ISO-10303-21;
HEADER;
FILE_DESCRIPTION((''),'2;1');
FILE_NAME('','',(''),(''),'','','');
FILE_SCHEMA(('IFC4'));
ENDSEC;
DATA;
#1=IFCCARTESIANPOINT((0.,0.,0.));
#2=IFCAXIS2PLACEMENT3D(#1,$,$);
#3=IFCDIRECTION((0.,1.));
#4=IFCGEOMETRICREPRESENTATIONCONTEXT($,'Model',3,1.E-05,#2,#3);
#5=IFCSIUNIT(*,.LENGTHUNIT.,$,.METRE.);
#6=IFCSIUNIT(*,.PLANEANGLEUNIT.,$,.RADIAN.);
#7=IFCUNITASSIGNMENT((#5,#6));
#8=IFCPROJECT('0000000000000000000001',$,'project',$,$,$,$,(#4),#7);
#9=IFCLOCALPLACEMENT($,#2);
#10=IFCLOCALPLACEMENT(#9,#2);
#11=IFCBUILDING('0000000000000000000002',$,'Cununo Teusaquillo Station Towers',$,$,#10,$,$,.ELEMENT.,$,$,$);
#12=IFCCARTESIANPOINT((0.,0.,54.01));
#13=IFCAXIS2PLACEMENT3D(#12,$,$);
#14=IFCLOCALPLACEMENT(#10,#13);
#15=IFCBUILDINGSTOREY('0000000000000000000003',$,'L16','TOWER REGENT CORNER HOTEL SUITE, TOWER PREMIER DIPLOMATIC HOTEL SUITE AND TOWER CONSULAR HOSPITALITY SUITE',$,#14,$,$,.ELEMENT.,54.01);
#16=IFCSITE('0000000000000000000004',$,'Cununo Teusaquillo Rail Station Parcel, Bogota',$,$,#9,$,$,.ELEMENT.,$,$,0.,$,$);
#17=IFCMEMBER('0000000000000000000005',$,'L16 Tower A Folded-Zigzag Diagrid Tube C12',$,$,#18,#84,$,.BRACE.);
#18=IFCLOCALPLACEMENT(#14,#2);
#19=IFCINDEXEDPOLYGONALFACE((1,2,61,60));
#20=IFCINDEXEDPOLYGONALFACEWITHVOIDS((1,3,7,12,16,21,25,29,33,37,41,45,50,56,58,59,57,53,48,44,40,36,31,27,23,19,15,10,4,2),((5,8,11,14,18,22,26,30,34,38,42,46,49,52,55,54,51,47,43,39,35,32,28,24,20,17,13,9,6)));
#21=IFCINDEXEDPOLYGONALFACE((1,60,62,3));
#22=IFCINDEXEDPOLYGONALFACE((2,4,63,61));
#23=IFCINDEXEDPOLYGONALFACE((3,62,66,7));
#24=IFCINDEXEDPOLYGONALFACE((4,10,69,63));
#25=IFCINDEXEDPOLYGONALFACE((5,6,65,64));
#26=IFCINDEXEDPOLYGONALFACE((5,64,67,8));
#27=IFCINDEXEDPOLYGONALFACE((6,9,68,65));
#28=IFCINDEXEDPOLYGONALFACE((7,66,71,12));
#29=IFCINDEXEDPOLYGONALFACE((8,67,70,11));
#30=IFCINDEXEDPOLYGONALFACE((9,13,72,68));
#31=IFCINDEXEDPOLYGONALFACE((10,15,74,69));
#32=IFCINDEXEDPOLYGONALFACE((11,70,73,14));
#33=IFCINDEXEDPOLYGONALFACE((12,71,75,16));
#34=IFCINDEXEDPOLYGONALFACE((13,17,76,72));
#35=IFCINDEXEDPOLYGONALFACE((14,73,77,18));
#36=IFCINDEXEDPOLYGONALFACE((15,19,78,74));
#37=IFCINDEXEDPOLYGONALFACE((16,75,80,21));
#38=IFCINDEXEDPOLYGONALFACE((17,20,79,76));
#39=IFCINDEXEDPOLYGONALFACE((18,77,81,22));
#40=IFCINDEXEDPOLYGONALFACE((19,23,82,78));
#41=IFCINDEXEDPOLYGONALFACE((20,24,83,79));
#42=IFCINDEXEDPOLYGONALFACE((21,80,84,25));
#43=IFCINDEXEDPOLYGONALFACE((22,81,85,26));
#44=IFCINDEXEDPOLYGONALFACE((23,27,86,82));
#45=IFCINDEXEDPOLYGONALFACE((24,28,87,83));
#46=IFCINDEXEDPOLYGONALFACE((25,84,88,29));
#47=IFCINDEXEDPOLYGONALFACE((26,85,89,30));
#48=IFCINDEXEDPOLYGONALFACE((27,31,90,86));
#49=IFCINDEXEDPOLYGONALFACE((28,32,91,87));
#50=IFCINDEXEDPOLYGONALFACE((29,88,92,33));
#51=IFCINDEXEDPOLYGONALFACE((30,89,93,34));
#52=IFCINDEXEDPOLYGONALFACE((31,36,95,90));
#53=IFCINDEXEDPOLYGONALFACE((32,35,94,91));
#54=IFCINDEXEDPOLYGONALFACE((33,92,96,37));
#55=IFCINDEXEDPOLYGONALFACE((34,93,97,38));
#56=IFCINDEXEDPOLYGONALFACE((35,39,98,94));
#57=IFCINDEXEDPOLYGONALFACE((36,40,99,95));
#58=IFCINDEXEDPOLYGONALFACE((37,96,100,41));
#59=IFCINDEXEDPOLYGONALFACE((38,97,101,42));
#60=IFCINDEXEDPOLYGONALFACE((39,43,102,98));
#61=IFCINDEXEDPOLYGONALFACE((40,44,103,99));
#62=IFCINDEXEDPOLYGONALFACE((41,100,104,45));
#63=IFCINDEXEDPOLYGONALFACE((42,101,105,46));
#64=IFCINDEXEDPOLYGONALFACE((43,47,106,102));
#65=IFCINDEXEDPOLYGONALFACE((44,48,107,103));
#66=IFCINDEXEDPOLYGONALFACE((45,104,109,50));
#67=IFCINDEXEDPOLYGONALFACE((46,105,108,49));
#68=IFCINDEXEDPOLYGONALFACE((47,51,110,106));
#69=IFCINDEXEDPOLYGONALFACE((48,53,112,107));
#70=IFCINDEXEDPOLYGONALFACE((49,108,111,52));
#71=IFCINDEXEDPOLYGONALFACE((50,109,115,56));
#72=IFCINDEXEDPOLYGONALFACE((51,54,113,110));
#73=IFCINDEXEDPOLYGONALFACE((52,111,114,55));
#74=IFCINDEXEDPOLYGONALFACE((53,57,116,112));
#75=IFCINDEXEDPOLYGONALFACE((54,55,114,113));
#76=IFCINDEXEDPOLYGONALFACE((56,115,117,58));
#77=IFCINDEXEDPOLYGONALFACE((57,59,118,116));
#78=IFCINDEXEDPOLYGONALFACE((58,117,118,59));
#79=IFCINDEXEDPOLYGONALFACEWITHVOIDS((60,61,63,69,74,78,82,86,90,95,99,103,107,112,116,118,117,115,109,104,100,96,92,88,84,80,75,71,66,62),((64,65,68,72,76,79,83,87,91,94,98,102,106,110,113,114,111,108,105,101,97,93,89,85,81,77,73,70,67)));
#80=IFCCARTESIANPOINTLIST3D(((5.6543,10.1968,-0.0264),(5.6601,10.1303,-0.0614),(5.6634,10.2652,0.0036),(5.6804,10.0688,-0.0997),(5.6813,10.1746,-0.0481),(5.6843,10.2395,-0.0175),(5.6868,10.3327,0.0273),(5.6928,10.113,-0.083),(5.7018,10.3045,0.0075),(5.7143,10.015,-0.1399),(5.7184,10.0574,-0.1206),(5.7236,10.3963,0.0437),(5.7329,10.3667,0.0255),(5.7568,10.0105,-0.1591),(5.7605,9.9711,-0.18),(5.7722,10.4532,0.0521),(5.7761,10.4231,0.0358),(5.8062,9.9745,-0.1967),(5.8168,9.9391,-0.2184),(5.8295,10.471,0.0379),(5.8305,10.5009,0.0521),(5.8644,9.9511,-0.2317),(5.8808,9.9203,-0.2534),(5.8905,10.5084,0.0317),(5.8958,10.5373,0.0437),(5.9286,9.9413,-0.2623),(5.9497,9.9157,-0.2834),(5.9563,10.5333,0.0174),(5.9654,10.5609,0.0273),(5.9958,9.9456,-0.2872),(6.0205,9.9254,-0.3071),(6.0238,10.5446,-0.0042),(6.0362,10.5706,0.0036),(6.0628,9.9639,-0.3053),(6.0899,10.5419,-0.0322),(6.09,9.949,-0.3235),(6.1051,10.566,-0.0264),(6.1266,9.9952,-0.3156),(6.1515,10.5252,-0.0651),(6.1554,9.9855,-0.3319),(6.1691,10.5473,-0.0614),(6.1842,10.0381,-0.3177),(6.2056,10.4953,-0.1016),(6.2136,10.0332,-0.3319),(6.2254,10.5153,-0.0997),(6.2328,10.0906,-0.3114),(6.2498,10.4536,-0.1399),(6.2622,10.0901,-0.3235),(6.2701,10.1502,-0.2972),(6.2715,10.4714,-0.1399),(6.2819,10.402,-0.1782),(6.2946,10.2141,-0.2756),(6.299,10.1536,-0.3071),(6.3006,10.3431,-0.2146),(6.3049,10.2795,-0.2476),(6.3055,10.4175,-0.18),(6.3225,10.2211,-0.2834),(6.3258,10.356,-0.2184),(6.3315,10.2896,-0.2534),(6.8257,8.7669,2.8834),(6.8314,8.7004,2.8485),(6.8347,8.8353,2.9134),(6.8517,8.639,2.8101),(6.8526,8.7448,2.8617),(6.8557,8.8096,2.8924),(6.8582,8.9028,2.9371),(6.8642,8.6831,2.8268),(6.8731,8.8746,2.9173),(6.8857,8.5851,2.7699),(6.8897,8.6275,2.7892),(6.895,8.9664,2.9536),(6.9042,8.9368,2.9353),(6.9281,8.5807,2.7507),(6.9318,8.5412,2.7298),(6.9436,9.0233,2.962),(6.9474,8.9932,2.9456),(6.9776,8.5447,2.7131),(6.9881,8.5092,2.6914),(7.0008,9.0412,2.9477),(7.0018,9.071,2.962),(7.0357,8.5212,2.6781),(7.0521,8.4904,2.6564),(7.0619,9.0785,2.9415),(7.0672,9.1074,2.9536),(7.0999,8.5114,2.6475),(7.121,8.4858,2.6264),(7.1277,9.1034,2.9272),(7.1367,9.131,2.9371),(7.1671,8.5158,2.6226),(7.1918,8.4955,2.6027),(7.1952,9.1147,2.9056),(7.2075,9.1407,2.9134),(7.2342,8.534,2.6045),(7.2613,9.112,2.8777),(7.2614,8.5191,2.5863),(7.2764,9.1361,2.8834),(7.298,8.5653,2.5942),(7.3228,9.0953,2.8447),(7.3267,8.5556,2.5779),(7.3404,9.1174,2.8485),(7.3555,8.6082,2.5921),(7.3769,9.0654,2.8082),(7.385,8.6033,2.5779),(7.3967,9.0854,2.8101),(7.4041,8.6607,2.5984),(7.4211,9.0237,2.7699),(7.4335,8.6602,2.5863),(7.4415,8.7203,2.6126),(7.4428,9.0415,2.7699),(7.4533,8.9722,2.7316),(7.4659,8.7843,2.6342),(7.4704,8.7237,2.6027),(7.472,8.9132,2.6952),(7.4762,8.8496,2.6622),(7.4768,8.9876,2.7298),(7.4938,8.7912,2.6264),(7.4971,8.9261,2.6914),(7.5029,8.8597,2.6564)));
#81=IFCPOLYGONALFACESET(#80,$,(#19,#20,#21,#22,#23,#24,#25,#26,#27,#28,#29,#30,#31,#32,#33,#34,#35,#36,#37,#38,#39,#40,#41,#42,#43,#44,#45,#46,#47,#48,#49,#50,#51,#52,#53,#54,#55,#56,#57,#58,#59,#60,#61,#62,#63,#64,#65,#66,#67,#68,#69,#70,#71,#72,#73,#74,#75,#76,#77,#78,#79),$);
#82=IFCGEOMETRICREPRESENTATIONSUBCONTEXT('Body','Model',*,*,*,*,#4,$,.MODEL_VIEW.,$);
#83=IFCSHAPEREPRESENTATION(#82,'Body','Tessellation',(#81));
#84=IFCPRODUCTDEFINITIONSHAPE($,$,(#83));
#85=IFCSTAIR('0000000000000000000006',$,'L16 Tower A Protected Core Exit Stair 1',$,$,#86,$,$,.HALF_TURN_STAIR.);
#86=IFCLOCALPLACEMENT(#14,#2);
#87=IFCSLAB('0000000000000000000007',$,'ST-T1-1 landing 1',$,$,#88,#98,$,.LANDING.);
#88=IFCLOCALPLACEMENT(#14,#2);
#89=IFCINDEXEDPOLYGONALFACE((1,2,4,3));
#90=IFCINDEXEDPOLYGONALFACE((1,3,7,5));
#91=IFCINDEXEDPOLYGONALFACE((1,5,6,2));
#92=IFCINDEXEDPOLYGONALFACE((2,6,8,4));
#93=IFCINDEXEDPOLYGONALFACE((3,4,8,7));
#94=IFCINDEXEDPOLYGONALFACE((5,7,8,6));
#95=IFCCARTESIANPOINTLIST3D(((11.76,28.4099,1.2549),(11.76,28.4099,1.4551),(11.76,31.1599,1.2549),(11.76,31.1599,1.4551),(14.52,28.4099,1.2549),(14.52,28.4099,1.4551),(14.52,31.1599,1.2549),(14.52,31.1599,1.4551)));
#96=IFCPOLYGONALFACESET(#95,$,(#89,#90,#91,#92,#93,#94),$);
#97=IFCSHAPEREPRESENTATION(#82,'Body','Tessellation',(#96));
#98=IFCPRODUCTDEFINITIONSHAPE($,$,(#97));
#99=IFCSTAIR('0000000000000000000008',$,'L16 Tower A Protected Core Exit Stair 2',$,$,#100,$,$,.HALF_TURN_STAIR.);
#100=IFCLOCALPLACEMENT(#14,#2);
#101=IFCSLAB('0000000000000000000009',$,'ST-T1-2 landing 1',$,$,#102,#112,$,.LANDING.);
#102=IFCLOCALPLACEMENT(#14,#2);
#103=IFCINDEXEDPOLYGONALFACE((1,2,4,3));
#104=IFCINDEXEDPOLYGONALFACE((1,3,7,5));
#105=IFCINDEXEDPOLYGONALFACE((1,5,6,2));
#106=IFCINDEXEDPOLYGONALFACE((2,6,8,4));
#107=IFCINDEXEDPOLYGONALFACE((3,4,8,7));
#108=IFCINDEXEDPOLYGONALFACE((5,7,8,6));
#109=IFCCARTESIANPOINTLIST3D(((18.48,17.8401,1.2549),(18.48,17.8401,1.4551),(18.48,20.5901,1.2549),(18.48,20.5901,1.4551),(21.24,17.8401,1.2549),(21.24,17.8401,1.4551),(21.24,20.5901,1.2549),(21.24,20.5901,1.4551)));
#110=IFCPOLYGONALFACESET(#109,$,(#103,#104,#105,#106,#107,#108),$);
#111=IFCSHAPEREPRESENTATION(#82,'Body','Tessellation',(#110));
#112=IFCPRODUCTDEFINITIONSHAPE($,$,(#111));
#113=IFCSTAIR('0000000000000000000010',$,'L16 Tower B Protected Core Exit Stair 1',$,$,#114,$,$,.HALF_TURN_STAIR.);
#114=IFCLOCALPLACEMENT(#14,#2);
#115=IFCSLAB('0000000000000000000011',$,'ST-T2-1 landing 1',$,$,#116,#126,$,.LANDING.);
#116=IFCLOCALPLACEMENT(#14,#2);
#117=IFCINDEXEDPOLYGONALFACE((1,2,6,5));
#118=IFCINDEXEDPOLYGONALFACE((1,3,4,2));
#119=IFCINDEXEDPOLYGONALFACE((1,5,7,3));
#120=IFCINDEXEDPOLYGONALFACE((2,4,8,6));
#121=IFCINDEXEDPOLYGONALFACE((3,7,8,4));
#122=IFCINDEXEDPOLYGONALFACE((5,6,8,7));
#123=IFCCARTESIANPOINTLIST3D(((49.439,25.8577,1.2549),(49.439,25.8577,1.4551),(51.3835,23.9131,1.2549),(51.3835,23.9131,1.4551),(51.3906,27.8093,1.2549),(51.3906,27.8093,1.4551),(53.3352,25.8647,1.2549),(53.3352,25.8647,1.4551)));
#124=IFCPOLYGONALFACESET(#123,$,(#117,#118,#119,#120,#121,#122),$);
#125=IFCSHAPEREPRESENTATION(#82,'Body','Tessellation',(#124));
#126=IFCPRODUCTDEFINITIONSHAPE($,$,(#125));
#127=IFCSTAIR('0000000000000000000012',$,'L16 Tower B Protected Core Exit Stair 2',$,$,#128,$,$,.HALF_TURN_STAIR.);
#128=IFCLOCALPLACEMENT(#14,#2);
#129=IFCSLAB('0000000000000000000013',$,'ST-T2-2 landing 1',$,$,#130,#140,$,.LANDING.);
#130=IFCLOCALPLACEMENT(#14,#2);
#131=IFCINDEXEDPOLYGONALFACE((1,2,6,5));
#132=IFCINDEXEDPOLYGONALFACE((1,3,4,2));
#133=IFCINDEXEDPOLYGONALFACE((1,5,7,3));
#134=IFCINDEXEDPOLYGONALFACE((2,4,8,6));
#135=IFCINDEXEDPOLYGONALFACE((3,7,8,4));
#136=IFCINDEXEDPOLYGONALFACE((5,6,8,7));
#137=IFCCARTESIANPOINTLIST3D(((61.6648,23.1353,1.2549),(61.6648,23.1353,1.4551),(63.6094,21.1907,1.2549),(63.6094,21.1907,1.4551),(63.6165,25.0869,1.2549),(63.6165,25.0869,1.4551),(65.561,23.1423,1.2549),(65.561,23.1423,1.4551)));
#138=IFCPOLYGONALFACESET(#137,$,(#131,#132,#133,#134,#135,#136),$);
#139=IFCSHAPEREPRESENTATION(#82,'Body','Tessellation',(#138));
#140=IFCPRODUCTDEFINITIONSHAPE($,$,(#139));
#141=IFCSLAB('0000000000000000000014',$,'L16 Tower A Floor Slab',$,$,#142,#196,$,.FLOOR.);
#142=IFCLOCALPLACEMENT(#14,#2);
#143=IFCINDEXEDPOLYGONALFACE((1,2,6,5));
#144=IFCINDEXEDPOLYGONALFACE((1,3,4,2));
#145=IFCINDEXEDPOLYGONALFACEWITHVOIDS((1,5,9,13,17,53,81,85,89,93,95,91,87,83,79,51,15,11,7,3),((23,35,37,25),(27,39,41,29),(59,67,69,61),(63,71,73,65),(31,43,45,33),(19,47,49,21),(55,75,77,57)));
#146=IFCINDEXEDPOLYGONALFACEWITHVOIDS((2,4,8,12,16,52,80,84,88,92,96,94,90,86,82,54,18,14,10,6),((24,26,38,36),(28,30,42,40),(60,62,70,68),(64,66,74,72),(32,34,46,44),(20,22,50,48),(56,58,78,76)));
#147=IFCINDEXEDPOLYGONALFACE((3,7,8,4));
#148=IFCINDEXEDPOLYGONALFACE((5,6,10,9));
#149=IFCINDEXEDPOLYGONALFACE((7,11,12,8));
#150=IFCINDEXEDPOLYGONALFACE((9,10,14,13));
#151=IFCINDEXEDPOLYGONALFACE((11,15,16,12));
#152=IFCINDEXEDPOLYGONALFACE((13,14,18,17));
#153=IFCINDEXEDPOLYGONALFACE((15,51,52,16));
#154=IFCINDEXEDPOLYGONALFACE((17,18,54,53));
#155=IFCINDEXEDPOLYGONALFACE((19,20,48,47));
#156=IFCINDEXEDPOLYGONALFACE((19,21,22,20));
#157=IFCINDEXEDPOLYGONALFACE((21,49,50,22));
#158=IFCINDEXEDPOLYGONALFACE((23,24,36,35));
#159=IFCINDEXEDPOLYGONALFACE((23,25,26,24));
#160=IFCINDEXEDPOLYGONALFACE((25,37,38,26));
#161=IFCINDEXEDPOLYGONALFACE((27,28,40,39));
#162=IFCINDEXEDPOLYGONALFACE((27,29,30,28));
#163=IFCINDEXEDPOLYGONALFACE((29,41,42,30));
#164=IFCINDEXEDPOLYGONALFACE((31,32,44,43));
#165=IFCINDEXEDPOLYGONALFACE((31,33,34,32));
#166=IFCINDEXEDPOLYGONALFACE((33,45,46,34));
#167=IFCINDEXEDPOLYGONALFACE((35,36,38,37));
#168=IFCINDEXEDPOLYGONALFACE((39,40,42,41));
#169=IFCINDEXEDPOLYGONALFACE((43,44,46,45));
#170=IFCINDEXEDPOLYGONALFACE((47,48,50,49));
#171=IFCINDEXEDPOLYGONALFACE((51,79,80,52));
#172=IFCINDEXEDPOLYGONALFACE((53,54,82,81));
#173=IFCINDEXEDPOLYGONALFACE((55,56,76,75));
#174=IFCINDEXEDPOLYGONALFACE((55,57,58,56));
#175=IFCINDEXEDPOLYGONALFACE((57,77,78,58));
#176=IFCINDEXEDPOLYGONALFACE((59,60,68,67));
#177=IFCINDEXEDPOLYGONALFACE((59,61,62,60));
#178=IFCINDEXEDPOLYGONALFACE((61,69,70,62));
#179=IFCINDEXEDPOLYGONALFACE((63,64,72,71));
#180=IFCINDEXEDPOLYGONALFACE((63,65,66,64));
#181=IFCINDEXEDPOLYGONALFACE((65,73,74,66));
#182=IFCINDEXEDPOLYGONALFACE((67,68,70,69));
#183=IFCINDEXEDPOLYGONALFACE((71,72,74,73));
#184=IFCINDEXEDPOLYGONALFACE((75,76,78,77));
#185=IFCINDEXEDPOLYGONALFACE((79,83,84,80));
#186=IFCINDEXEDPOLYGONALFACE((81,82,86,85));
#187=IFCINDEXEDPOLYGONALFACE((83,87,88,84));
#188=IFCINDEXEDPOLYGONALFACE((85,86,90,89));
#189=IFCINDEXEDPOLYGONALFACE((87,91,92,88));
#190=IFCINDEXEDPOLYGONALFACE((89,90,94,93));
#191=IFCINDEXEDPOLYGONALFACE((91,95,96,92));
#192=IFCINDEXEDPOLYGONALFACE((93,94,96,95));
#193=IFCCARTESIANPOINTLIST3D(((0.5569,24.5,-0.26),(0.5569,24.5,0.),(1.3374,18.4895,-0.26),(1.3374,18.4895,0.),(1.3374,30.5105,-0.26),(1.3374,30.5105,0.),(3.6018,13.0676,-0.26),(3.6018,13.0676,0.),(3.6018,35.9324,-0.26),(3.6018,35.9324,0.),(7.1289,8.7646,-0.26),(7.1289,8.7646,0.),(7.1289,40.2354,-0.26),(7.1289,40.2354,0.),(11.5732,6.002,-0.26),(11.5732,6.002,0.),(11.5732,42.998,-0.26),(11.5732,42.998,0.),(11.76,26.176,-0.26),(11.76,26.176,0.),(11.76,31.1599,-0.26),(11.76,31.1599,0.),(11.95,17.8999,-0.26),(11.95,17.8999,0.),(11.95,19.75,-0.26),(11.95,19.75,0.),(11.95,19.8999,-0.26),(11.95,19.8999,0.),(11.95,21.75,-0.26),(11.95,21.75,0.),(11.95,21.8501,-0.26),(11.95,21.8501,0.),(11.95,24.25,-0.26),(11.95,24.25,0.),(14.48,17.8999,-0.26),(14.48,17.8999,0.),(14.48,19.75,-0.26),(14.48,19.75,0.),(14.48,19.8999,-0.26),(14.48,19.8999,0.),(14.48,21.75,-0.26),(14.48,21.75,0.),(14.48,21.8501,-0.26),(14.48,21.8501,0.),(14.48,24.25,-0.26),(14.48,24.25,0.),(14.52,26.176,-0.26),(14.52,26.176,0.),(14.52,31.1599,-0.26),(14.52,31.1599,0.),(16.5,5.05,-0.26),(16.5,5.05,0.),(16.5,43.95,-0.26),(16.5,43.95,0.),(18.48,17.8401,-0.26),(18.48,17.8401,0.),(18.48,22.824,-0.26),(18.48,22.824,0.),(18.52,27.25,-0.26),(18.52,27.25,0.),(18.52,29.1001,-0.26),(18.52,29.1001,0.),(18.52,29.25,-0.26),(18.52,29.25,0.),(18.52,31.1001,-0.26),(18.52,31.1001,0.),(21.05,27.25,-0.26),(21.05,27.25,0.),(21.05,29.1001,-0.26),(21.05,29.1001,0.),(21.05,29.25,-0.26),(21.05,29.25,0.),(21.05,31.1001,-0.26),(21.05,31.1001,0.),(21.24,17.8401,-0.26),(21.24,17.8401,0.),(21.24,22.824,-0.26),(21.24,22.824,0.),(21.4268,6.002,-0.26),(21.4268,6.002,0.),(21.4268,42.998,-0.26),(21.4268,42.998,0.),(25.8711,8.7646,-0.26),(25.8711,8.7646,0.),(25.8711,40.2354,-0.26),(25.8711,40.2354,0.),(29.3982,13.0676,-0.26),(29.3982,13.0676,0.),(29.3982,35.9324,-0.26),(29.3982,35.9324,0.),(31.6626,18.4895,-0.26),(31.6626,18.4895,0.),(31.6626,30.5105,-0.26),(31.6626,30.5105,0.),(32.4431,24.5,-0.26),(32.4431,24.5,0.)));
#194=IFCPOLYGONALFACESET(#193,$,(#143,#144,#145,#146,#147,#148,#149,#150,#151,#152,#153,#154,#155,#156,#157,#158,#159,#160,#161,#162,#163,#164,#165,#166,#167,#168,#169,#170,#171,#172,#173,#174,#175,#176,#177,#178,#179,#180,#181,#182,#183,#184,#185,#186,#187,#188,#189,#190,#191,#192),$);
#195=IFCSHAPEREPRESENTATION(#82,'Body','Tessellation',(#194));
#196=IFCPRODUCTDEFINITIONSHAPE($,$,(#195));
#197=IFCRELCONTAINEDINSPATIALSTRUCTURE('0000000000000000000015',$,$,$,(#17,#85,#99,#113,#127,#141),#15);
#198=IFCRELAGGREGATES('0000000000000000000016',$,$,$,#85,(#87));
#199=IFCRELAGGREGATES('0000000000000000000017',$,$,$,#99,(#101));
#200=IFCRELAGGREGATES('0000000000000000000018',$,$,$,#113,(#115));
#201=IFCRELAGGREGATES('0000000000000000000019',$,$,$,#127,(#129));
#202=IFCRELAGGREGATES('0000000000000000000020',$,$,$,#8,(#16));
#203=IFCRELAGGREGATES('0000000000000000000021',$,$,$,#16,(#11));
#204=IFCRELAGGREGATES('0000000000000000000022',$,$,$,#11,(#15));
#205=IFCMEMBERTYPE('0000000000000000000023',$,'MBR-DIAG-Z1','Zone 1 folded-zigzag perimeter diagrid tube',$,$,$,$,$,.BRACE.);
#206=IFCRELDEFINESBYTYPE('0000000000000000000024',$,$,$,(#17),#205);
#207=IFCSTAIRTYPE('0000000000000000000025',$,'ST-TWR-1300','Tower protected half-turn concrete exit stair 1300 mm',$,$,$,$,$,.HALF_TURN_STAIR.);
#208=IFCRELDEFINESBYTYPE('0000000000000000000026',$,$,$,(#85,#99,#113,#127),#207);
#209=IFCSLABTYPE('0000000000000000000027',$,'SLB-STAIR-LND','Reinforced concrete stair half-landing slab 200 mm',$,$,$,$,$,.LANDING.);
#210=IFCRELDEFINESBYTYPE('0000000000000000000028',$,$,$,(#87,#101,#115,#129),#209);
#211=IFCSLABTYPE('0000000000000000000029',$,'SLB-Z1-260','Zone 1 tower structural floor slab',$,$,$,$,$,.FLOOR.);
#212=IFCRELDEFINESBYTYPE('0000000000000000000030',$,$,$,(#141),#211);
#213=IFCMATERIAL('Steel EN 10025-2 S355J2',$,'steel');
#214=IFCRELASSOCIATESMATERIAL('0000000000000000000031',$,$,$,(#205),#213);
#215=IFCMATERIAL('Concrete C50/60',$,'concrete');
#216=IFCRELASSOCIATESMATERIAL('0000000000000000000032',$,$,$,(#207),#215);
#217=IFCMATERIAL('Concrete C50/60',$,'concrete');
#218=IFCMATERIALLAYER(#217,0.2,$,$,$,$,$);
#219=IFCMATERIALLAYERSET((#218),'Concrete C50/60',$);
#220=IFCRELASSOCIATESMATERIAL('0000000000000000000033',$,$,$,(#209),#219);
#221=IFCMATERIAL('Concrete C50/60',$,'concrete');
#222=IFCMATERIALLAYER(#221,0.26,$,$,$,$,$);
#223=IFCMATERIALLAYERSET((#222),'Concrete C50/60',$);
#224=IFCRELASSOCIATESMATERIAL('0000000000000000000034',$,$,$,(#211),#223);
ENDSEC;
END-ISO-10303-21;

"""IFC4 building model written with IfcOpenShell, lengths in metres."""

from ifc_helpers import new_model, si_unit, direction, frame, origin, origin_2d, place, context, subcontext, project, spatial, polyline, hollow_circle, outline, extrude, material, layer, layer_set, material_profile, profile_set, type_object, element, aggregate, save


model = new_model("IFC4")

# Units and contexts
model_context = context("Model", 3, precision=1e-05, world=origin(), true_north=direction((0.0, 1.0)))
body_context = subcontext(model_context, "Body", "Model", "MODEL_VIEW")
ifc_project = project(units=[si_unit("LENGTHUNIT", "METRE"), si_unit("PLANEANGLEUNIT", "RADIAN")], contexts=[model_context])

# Site, building, storey
site_placement = place(None, origin())
site = spatial("IfcSite", under=ifc_project, at=site_placement, Name="Cununo Teusaquillo Rail Station Parcel, Bogota", CompositionType="ELEMENT", RefElevation=0.0)
building_placement = place(site_placement, origin())
building = spatial("IfcBuilding", under=site, at=building_placement, Name="Cununo Teusaquillo Station Towers", CompositionType="ELEMENT")
storey_placement = place(building_placement, frame((0.0, 0.0, 54.01)))
storey = spatial("IfcBuildingStorey", under=building, at=storey_placement, Name="L16", Description="TOWER REGENT CORNER HOTEL SUITE, TOWER PREMIER DIPLOMATIC HOTEL SUITE AND TOWER CONSULAR HOSPITALITY SUITE", CompositionType="ELEMENT", Elevation=54.01)

# Member
ifc_material_1 = material(Name="Steel EN 10025-2 S355J2", Category="steel")
ifc_material_profile_1 = material_profile(ifc_material_1, hollow_circle(Radius=0.3601, WallThickness=0.0281, at=origin_2d()), Name="CHS 720x28")
ifc_profile_set_1 = profile_set([ifc_material_profile_1], Name="Steel EN 10025-2 S355J2")
member_type = type_object("IfcMemberType", Name="MBR-DIAG-Z1", Description="Zone 1 folded-zigzag perimeter diagrid tube", PredefinedType="BRACE", material=ifc_profile_set_1)
member_placement = place(storey_placement, frame((5.9929, 10.2432, -0.1399), z_axis=(0.33979, -0.414788, 0.844093), x_axis=(0.773575, 0.633705, 0.0)))
element("IfcMember", 1, at=member_placement, inside=storey, type_object=member_type, Name="L16 Tower A Folded-Zigzag Diagrid Tube C12", PredefinedType="BRACE", context=body_context, shape_type="SweptSolid", body=[
    extrude(hollow_circle(Radius=0.3601, WallThickness=0.0281, at=origin_2d()), origin(), (0.0, 0.0, 1.0), 3.4473),
])

# Stairs, slabs
ifc_material_2 = material(Name="Concrete C50/60", Category="concrete")
stair_type = type_object("IfcStairType", Name="ST-TWR-1300", Description="Tower protected half-turn concrete exit stair 1300 mm", PredefinedType="HALF_TURN_STAIR", material=ifc_material_2)
stair_1_placement = place(storey_placement, origin())
stair_1 = element("IfcStair", 2, at=stair_1_placement, inside=storey, type_object=stair_type, Name="L16 Tower A Protected Core Exit Stair 1", PredefinedType="HALF_TURN_STAIR")
ifc_material_3 = material(Name="Concrete C50/60", Category="concrete")
ifc_layer_1 = layer(ifc_material_3, 0.2)
ifc_layer_set_1 = layer_set([ifc_layer_1], Name="Concrete C50/60")
slab_type_1 = type_object("IfcSlabType", Name="SLB-STAIR-LND", Description="Reinforced concrete stair half-landing slab 200 mm", PredefinedType="LANDING", material=ifc_layer_set_1)
slab_1_placement = place(storey_placement, frame((0.0, 0.0, 1.2549)))
slab_1 = element("IfcSlab", 3, at=slab_1_placement, type_object=slab_type_1, Name="ST-T1-1 landing 1", PredefinedType="LANDING", context=body_context, shape_type="SweptSolid", body=[
    extrude(outline(polyline([(14.52, 28.4099), (14.52, 31.1599), (11.76, 31.1599), (11.76, 28.4099), (14.52, 28.4099)])), origin(), (0.0, 0.0, 1.0), 0.2002),
])
aggregate(stair_1, [slab_1])
stair_2_placement = place(storey_placement, origin())
stair_2 = element("IfcStair", 4, at=stair_2_placement, inside=storey, type_object=stair_type, Name="L16 Tower A Protected Core Exit Stair 2", PredefinedType="HALF_TURN_STAIR")
slab_2_placement = place(storey_placement, frame((0.0, 0.0, 1.2549)))
slab_2 = element("IfcSlab", 5, at=slab_2_placement, type_object=slab_type_1, Name="ST-T1-2 landing 1", PredefinedType="LANDING", context=body_context, shape_type="SweptSolid", body=[
    extrude(outline(polyline([(18.48, 20.5901), (18.48, 17.8401), (21.24, 17.8401), (21.24, 20.5901), (18.48, 20.5901)])), origin(), (0.0, 0.0, 1.0), 0.2002),
])
aggregate(stair_2, [slab_2])
stair_3_placement = place(storey_placement, origin())
stair_3 = element("IfcStair", 6, at=stair_3_placement, inside=storey, type_object=stair_type, Name="L16 Tower B Protected Core Exit Stair 1", PredefinedType="HALF_TURN_STAIR")
slab_3_placement = place(storey_placement, frame((0.0, 0.0, 1.2549)))
slab_3 = element("IfcSlab", 7, at=slab_3_placement, type_object=slab_type_1, Name="ST-T2-1 landing 1", PredefinedType="LANDING", context=body_context, shape_type="SweptSolid", body=[
    extrude(outline(polyline([(53.3352, 25.8647), (51.3906, 27.8093), (49.439, 25.8577), (51.3835, 23.9131), (53.3352, 25.8647)])), origin(), (0.0, 0.0, 1.0), 0.2002),
])
aggregate(stair_3, [slab_3])
stair_4_placement = place(storey_placement, origin())
stair_4 = element("IfcStair", 8, at=stair_4_placement, inside=storey, type_object=stair_type, Name="L16 Tower B Protected Core Exit Stair 2", PredefinedType="HALF_TURN_STAIR")
slab_4_placement = place(storey_placement, frame((0.0, 0.0, 1.2549)))
slab_4 = element("IfcSlab", 9, at=slab_4_placement, type_object=slab_type_1, Name="ST-T2-2 landing 1", PredefinedType="LANDING", context=body_context, shape_type="SweptSolid", body=[
    extrude(outline(polyline([(61.6648, 23.1353), (63.6094, 21.1907), (65.561, 23.1423), (63.6165, 25.0869), (61.6648, 23.1353)])), origin(), (0.0, 0.0, 1.0), 0.2002),
])
aggregate(stair_4, [slab_4])

# Slab
ifc_material_4 = material(Name="Concrete C50/60", Category="concrete")
ifc_layer_2 = layer(ifc_material_4, 0.26)
ifc_layer_set_2 = layer_set([ifc_layer_2], Name="Concrete C50/60")
slab_type_2 = type_object("IfcSlabType", Name="SLB-Z1-260", Description="Zone 1 tower structural floor slab", PredefinedType="FLOOR", material=ifc_layer_set_2)
slab_5_placement = place(storey_placement, frame((0.0, 0.0, -0.26)))
element("IfcSlab", 10, at=slab_5_placement, inside=storey, type_object=slab_type_2, Name="L16 Tower A Floor Slab", PredefinedType="FLOOR", context=body_context, shape_type="SweptSolid", body=[
    extrude(outline(polyline([(32.4431, 24.5), (31.6626, 30.5105), (29.3982, 35.9324), (25.8711, 40.2354), (21.4268, 42.998), (16.5, 43.95), (11.5732, 42.998), (7.1289, 40.2354), (3.6018, 35.9324), (1.3374, 30.5105), (0.5569, 24.5), (1.3374, 18.4895), (3.6018, 13.0676), (7.1289, 8.7646), (11.5732, 6.002), (16.5, 5.05), (21.4268, 6.002), (25.8711, 8.7646), (29.3982, 13.0676), (31.6626, 18.4895), (32.4431, 24.5)]), holes=[polyline([(14.52, 26.176), (14.52, 31.1599), (11.76, 31.1599), (11.76, 26.176), (14.52, 26.176)]), polyline([(18.48, 22.824), (18.48, 17.8401), (21.24, 17.8401), (21.24, 22.824), (18.48, 22.824)]), polyline([(11.95, 21.8501), (14.48, 21.8501), (14.48, 24.25), (11.95, 24.25), (11.95, 21.8501)]), polyline([(11.95, 17.8999), (14.48, 17.8999), (14.48, 19.75), (11.95, 19.75), (11.95, 17.8999)]), polyline([(11.95, 19.8999), (14.48, 19.8999), (14.48, 21.75), (11.95, 21.75), (11.95, 19.8999)]), polyline([(18.52, 27.25), (21.05, 27.25), (21.05, 29.1001), (18.52, 29.1001), (18.52, 27.25)]), polyline([(18.52, 29.25), (21.05, 29.25), (21.05, 31.1001), (18.52, 31.1001), (18.52, 29.25)])]), origin(), (0.0, 0.0, 1.0), 0.26),
])

save(model, "model.ifc")
